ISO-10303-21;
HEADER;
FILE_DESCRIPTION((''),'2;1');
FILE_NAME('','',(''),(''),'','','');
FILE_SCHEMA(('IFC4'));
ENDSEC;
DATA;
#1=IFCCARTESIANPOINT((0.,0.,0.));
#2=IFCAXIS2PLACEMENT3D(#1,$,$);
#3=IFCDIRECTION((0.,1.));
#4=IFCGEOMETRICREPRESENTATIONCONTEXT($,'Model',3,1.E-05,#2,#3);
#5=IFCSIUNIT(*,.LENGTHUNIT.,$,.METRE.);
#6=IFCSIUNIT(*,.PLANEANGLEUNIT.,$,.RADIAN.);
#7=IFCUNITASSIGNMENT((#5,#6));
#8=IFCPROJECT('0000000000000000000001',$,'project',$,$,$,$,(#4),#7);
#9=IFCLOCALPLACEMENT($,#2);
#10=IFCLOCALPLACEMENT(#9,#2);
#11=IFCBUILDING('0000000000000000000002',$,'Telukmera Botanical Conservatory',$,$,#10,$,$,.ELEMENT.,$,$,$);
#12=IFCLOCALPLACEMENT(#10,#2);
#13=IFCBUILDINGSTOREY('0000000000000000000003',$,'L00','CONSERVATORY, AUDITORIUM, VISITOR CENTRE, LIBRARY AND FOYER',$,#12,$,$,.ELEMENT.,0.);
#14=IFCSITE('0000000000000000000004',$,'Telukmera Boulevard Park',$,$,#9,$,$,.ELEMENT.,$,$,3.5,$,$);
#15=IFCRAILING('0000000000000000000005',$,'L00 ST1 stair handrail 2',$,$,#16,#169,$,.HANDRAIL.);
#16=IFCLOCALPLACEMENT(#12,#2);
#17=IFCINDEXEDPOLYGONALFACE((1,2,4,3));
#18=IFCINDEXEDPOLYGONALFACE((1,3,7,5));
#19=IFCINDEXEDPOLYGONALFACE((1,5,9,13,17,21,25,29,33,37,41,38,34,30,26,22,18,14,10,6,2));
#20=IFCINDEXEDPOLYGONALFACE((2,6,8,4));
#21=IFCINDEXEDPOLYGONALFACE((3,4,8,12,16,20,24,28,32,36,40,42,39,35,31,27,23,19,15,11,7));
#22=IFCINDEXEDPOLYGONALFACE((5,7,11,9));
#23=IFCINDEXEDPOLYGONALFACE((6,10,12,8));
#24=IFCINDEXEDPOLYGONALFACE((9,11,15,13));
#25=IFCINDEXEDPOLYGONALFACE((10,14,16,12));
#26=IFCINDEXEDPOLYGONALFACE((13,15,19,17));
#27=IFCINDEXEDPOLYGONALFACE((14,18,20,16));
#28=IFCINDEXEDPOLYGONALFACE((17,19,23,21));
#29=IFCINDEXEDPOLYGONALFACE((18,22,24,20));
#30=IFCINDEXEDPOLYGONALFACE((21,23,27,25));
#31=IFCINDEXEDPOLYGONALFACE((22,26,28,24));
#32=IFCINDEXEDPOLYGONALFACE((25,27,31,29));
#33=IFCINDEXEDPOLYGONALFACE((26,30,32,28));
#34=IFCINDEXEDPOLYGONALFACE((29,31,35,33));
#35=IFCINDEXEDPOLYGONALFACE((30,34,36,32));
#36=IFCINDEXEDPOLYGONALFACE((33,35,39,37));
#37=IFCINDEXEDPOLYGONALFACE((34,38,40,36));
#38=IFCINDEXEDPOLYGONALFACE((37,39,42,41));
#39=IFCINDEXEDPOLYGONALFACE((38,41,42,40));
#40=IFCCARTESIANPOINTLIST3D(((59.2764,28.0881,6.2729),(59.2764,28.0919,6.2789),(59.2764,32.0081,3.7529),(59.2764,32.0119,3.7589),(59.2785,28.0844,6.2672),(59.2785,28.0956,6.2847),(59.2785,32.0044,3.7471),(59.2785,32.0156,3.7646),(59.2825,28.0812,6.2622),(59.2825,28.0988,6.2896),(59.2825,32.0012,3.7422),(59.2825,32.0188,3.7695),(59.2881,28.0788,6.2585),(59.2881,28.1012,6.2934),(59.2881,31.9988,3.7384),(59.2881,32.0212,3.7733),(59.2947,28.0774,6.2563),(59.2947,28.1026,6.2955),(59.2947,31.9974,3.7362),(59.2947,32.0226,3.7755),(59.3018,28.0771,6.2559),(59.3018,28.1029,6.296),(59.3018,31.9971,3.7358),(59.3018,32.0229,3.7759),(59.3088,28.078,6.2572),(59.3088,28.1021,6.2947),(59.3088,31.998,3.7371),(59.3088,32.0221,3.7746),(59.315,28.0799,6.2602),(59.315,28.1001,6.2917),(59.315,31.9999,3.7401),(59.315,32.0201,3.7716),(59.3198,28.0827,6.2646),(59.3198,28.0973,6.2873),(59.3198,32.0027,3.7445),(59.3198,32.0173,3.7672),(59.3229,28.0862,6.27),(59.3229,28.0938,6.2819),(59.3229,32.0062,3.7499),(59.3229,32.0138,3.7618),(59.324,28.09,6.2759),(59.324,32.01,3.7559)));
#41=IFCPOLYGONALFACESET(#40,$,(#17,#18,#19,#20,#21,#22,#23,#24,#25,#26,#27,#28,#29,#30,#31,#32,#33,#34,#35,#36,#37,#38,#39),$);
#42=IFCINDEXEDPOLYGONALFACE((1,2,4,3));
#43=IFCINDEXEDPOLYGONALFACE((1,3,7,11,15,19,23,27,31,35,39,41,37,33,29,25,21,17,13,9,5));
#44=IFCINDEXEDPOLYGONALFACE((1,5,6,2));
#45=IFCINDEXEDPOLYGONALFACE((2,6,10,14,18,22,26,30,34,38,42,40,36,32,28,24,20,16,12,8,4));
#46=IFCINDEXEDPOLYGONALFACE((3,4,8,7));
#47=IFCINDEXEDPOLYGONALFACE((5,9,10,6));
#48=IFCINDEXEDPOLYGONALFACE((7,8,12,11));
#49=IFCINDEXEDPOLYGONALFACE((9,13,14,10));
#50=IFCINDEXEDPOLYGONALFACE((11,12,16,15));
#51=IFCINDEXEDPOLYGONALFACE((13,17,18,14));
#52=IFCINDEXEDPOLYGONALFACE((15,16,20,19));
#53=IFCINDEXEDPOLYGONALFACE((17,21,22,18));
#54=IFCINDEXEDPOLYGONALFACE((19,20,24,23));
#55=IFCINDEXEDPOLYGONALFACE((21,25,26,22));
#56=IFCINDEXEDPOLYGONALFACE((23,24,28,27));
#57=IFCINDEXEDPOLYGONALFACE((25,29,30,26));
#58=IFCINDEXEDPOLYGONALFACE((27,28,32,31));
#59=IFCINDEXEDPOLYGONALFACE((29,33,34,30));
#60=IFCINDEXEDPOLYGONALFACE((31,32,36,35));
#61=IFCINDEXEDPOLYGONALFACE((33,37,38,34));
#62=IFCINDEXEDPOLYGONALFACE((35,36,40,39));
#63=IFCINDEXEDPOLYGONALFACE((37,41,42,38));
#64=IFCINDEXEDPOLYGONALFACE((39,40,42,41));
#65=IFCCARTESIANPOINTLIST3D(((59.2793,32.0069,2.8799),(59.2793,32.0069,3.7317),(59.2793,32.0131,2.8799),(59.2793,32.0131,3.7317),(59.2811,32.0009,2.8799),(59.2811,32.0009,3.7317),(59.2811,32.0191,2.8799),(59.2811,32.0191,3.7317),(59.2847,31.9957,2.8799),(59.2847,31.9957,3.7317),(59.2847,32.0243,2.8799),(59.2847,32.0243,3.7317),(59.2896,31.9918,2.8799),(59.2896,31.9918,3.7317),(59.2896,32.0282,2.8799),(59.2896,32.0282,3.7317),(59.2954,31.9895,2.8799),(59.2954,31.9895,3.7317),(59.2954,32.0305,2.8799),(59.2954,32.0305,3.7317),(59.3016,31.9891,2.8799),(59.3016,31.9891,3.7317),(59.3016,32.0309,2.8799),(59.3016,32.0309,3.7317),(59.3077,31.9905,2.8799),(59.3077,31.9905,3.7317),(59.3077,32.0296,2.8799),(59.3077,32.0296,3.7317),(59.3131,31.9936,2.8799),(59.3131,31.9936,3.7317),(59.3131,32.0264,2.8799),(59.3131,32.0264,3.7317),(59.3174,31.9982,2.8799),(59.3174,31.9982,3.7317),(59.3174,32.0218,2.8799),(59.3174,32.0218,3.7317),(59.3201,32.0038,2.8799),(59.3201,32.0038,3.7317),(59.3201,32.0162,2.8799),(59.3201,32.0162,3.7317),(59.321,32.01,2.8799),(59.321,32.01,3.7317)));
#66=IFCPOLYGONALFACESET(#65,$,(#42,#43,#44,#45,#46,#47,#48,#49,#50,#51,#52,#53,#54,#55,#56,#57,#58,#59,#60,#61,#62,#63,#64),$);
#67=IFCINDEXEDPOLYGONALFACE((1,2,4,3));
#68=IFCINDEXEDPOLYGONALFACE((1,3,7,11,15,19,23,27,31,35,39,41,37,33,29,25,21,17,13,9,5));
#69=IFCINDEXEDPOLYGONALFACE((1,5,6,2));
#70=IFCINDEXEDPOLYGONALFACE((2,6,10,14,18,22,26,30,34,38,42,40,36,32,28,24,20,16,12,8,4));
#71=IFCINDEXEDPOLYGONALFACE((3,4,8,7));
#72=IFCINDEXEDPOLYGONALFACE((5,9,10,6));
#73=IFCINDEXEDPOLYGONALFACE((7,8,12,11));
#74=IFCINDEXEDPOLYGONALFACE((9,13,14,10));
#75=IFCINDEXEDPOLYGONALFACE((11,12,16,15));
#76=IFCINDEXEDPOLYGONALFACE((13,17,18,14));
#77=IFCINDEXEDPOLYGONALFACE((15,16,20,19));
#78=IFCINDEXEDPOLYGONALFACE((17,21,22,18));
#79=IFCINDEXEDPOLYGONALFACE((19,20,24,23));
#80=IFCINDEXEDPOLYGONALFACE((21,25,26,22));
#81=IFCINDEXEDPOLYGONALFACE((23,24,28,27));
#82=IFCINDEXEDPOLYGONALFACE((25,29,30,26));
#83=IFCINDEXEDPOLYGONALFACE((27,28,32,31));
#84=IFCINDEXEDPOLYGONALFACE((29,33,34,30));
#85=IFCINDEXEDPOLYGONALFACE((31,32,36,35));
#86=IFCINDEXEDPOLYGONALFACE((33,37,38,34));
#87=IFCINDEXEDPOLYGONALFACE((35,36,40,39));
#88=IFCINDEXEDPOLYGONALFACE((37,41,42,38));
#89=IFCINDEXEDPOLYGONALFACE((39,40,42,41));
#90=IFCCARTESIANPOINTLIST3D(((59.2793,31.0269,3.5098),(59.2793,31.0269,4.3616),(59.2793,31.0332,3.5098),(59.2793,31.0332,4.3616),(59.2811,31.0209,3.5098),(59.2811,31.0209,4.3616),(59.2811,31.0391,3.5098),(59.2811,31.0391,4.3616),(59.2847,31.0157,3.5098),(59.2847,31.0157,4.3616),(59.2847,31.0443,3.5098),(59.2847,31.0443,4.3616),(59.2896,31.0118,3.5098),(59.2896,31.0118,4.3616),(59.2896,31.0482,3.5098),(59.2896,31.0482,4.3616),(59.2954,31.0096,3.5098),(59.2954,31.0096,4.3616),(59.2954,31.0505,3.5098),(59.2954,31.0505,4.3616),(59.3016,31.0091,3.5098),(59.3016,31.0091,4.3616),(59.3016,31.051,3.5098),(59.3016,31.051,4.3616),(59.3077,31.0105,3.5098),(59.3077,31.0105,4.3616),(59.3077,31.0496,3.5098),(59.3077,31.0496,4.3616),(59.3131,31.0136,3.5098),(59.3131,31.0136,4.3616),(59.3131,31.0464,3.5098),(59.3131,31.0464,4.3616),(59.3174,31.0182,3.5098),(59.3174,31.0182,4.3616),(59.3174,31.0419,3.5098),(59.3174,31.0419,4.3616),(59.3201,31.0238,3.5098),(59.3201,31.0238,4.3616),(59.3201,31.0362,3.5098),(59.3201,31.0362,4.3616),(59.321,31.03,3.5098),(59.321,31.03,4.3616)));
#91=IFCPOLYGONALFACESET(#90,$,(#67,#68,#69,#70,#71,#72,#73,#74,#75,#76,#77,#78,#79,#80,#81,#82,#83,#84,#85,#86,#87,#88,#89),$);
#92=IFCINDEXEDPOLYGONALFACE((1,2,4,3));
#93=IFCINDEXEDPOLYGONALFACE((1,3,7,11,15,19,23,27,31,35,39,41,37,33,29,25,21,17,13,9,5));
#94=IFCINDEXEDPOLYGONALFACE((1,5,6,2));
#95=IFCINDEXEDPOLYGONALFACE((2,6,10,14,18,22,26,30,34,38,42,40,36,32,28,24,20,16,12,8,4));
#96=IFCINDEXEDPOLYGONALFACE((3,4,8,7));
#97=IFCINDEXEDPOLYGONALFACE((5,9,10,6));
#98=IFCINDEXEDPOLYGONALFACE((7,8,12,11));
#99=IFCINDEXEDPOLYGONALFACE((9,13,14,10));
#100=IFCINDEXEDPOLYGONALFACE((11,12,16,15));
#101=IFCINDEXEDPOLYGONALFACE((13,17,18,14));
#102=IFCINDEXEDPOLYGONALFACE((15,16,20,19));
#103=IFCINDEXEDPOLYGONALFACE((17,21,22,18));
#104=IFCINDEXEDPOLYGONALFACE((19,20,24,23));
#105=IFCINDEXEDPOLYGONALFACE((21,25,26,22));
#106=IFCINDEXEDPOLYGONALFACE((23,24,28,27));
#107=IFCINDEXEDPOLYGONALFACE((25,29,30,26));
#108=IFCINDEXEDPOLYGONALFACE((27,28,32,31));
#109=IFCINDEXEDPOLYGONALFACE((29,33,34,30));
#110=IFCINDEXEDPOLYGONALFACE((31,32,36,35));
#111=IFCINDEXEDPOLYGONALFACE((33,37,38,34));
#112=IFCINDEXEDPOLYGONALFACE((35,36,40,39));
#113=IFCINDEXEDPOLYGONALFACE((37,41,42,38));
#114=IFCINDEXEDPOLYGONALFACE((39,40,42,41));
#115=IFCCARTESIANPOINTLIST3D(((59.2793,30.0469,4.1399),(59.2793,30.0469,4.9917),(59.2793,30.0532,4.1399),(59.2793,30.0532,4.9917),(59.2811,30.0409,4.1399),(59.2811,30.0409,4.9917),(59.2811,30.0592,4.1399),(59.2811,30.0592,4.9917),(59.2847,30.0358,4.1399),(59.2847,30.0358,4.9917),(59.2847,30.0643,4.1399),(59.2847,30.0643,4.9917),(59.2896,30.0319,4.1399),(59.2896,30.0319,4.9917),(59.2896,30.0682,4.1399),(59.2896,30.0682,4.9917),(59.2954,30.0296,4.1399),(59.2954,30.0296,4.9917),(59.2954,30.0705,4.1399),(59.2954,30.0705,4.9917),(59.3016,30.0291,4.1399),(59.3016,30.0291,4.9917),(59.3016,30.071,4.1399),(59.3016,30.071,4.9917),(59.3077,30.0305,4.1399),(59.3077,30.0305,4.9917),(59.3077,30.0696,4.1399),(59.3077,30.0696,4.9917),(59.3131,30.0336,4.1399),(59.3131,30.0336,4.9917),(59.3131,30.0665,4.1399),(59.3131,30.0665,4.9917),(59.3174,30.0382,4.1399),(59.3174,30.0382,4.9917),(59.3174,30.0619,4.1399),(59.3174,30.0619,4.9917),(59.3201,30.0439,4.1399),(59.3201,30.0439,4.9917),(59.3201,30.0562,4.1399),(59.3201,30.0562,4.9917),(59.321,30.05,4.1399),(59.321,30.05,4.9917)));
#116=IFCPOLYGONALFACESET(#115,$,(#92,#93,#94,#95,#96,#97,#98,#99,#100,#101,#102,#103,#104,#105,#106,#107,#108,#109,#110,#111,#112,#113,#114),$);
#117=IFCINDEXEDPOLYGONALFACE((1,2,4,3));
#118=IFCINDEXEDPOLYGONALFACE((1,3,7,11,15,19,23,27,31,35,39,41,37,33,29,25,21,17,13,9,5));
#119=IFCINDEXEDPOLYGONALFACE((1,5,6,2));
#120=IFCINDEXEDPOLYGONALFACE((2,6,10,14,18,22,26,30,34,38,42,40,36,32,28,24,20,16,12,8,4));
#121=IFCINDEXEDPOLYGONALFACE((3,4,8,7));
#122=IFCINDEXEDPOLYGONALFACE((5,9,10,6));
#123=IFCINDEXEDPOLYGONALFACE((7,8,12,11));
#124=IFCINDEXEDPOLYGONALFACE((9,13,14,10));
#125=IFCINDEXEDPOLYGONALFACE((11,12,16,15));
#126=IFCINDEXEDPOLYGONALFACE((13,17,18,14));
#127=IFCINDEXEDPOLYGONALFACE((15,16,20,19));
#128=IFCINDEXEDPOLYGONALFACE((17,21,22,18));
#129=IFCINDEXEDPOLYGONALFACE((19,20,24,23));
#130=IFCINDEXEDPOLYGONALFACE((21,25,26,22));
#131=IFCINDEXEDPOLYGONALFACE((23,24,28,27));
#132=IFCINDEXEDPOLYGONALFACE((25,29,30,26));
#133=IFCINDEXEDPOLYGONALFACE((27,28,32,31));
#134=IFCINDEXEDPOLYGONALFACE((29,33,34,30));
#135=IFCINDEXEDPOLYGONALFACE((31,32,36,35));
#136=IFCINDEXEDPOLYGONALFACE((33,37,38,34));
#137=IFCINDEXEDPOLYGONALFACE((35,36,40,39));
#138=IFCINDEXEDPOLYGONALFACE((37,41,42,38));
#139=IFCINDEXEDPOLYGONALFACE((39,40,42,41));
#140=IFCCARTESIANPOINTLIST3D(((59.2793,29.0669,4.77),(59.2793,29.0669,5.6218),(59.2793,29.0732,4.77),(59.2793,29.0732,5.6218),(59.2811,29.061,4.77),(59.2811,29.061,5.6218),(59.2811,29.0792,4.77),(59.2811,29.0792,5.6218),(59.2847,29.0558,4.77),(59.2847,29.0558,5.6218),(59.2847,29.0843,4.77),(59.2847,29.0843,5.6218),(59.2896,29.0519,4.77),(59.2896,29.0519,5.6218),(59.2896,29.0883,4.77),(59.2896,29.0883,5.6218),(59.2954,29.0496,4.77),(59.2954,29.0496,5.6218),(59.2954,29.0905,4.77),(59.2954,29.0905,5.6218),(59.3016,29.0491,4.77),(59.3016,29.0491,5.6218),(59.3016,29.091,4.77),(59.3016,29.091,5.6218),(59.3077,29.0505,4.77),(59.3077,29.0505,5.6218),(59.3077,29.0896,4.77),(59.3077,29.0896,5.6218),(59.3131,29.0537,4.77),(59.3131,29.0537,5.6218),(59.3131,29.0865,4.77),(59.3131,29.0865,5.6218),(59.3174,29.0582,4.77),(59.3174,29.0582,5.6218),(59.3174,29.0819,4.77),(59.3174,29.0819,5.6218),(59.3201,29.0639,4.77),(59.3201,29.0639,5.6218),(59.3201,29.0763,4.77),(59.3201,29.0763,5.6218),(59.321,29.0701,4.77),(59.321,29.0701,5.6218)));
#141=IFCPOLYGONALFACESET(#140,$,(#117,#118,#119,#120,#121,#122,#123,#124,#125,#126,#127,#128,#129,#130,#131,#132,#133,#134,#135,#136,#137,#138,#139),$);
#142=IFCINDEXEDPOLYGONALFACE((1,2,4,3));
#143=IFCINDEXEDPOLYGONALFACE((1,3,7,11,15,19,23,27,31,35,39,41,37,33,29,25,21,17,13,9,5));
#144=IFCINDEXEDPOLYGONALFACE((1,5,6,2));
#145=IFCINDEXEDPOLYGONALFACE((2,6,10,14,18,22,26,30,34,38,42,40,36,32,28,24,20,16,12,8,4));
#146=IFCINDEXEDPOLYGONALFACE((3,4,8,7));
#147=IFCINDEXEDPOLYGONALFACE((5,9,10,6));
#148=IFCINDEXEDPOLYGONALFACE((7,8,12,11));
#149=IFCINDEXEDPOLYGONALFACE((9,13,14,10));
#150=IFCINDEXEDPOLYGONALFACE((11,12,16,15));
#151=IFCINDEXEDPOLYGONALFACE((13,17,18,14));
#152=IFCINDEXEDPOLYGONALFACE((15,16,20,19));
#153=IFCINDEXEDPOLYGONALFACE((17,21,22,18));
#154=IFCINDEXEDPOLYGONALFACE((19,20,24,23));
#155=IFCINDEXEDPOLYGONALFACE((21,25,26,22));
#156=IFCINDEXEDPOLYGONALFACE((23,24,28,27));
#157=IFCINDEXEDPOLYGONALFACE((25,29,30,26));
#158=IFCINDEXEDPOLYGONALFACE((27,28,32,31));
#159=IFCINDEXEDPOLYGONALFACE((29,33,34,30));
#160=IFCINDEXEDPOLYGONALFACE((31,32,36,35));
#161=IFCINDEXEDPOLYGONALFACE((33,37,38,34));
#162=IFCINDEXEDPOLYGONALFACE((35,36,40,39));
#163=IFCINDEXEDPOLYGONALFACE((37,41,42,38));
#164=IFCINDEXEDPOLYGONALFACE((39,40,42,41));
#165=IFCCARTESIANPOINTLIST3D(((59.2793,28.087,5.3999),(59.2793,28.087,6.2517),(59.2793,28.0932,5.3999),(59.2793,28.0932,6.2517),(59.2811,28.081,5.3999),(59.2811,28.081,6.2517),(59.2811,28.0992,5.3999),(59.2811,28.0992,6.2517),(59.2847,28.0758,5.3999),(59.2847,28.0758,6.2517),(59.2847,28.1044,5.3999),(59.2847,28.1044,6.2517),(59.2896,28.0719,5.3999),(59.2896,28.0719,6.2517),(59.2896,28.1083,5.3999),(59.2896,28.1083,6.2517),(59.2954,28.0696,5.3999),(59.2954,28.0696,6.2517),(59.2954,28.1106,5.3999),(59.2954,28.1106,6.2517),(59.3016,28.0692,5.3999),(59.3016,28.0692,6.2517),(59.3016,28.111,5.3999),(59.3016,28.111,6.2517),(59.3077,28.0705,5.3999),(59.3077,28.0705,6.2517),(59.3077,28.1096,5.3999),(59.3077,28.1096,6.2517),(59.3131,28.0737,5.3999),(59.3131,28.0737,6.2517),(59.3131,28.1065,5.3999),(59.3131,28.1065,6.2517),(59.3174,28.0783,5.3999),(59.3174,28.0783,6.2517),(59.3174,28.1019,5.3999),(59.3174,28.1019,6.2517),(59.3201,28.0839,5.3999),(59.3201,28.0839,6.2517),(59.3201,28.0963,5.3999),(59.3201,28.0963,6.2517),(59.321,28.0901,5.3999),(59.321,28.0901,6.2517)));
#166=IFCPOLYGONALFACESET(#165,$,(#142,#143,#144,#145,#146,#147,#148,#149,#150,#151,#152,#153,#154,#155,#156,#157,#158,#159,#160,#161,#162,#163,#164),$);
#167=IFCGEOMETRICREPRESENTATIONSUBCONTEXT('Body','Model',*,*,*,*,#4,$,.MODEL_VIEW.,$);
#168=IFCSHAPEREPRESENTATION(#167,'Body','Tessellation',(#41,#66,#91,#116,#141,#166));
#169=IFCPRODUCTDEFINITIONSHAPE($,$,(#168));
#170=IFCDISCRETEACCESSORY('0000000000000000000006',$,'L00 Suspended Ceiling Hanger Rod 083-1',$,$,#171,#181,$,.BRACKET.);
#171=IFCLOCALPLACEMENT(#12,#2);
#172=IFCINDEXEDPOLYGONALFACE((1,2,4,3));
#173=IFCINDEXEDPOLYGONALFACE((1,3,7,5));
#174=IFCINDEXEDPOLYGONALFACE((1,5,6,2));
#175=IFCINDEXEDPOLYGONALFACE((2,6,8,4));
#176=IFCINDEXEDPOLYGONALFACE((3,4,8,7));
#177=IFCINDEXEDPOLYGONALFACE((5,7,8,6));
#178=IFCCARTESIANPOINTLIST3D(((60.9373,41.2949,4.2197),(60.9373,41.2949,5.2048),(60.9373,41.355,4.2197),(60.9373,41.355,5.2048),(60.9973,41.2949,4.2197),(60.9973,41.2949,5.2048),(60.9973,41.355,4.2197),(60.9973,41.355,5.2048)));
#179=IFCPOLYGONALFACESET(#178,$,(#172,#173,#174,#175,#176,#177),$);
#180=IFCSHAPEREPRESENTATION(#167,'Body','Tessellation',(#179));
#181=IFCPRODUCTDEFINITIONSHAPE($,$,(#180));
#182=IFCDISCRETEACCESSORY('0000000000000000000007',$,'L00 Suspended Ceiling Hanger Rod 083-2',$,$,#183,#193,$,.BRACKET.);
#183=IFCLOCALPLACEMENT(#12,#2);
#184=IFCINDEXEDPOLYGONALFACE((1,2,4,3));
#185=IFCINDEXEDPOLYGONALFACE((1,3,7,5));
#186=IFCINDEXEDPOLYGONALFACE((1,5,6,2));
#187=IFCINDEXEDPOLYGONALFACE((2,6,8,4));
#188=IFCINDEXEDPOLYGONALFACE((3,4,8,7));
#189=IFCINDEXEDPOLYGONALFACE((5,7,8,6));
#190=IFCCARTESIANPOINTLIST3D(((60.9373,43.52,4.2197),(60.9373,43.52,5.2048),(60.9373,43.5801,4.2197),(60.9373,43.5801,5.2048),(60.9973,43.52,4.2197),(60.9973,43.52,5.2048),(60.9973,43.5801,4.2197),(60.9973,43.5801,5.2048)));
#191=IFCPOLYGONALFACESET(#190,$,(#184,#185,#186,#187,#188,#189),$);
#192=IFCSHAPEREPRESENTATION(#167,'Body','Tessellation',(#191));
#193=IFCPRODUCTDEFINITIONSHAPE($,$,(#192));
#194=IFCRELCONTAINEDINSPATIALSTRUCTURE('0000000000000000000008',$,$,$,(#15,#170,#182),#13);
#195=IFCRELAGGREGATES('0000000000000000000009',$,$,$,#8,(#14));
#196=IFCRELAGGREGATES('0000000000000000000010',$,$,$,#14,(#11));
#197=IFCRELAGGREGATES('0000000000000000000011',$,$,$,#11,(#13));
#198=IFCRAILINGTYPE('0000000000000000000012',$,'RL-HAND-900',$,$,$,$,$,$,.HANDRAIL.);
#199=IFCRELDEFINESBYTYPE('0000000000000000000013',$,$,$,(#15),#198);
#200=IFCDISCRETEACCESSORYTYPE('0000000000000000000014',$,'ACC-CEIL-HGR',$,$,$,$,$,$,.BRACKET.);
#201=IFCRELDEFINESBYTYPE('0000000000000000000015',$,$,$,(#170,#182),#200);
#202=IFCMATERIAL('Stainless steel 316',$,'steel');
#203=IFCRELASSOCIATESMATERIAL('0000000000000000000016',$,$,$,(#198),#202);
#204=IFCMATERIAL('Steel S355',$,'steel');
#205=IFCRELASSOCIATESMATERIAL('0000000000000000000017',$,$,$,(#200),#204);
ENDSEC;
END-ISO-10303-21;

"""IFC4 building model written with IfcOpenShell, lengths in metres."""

from ifc_helpers import new_model, si_unit, direction, frame, origin, origin_2d, place, context, subcontext, project, spatial, rectangle, circle, extrude, material, type_object, element, save


model = new_model("IFC4")

# Units and contexts
model_context = context("Model", 3, precision=1e-05, world=origin(), true_north=direction((0.0, 1.0)))
body_context = subcontext(model_context, "Body", "Model", "MODEL_VIEW")
ifc_project = project(units=[si_unit("LENGTHUNIT", "METRE"), si_unit("PLANEANGLEUNIT", "RADIAN")], contexts=[model_context])

# Site, building, storey
site_placement = place(None, origin())
site = spatial("IfcSite", under=ifc_project, at=site_placement, Name="Telukmera Boulevard Park", CompositionType="ELEMENT", RefElevation=3.5)
building_placement = place(site_placement, origin())
building = spatial("IfcBuilding", under=site, at=building_placement, Name="Telukmera Botanical Conservatory", CompositionType="ELEMENT")
storey_placement = place(building_placement, origin())
storey = spatial("IfcBuildingStorey", under=building, at=storey_placement, Name="L00", Description="CONSERVATORY, AUDITORIUM, VISITOR CENTRE, LIBRARY AND FOYER", CompositionType="ELEMENT", Elevation=0.0)

# Shared definitions
ifc_material_1 = material(Name="Stainless steel 316", Category="steel")

# Railing
ifc_material_2 = material(Name="Steel S355", Category="steel")
railing_type_1 = type_object("IfcRailingType", Name="RL-HAND-900", PredefinedType="HANDRAIL", material=ifc_material_1)
railing_1_placement = place(storey_placement, frame((59.3, 32.01, 2.8799)))
element("IfcRailing", 1, at=railing_1_placement, inside=storey, type_object=railing_type_1, Name="L00 ST1 stair handrail 2", PredefinedType="HANDRAIL", context=body_context, shape_type="SweptSolid", body=[
    extrude(circle(Radius=0.0239, at=origin_2d()), frame((0.0, 0.0, 0.876), z_axis=(0.0, -0.841172, 0.540768), x_axis=(1.0, 0.0, 0.0)), (0.0, 0.0, 1.0), 4.6602),
    extrude(circle(Radius=0.021, at=origin_2d()), origin(), (0.0, 0.0, 1.0), 0.8518),
    extrude(circle(Radius=0.021, at=origin_2d()), frame((0.0, -0.98, 0.6299)), (0.0, 0.0, 1.0), 0.8518),
    extrude(circle(Radius=0.021, at=origin_2d()), frame((0.0, -1.96, 1.26)), (0.0, 0.0, 1.0), 0.8518),
    extrude(circle(Radius=0.021, at=origin_2d()), frame((0.0, -2.9399, 1.8901)), (0.0, 0.0, 1.0), 0.8518),
    extrude(circle(Radius=0.021, at=origin_2d()), frame((0.0, -3.9199, 2.52)), (0.0, 0.0, 1.0), 0.8518),
])

# Discrete accessories
discrete_accessory_type = type_object("IfcDiscreteAccessoryType", Name="ACC-CEIL-HGR", PredefinedType="BRACKET", material=ifc_material_2)
for number, where, z_axis, x_axis, name in (
    (2, (60.9673, 41.325, 4.2197), (0.0, 0.0, 1.0), (1.0, 0.0, 0.0), "L00 Suspended Ceiling Hanger Rod 083-1"),
    (3, (60.9673, 43.55, 4.2197), (0.0, 0.0, 1.0), (1.0, 0.0, 0.0), "L00 Suspended Ceiling Hanger Rod 083-2"),
):
    element("IfcDiscreteAccessory", number, at=place(storey_placement, frame(where, z_axis=z_axis, x_axis=x_axis)), inside=storey, type_object=discrete_accessory_type, Name=name, PredefinedType="BRACKET", context=body_context, shape_type="SweptSolid", body=[
        extrude(rectangle(XDim=0.0601, YDim=0.0601, at=origin_2d()), origin(), (0.0, 0.0, 1.0), 0.9851),
    ])

save(model, "model.ifc")
